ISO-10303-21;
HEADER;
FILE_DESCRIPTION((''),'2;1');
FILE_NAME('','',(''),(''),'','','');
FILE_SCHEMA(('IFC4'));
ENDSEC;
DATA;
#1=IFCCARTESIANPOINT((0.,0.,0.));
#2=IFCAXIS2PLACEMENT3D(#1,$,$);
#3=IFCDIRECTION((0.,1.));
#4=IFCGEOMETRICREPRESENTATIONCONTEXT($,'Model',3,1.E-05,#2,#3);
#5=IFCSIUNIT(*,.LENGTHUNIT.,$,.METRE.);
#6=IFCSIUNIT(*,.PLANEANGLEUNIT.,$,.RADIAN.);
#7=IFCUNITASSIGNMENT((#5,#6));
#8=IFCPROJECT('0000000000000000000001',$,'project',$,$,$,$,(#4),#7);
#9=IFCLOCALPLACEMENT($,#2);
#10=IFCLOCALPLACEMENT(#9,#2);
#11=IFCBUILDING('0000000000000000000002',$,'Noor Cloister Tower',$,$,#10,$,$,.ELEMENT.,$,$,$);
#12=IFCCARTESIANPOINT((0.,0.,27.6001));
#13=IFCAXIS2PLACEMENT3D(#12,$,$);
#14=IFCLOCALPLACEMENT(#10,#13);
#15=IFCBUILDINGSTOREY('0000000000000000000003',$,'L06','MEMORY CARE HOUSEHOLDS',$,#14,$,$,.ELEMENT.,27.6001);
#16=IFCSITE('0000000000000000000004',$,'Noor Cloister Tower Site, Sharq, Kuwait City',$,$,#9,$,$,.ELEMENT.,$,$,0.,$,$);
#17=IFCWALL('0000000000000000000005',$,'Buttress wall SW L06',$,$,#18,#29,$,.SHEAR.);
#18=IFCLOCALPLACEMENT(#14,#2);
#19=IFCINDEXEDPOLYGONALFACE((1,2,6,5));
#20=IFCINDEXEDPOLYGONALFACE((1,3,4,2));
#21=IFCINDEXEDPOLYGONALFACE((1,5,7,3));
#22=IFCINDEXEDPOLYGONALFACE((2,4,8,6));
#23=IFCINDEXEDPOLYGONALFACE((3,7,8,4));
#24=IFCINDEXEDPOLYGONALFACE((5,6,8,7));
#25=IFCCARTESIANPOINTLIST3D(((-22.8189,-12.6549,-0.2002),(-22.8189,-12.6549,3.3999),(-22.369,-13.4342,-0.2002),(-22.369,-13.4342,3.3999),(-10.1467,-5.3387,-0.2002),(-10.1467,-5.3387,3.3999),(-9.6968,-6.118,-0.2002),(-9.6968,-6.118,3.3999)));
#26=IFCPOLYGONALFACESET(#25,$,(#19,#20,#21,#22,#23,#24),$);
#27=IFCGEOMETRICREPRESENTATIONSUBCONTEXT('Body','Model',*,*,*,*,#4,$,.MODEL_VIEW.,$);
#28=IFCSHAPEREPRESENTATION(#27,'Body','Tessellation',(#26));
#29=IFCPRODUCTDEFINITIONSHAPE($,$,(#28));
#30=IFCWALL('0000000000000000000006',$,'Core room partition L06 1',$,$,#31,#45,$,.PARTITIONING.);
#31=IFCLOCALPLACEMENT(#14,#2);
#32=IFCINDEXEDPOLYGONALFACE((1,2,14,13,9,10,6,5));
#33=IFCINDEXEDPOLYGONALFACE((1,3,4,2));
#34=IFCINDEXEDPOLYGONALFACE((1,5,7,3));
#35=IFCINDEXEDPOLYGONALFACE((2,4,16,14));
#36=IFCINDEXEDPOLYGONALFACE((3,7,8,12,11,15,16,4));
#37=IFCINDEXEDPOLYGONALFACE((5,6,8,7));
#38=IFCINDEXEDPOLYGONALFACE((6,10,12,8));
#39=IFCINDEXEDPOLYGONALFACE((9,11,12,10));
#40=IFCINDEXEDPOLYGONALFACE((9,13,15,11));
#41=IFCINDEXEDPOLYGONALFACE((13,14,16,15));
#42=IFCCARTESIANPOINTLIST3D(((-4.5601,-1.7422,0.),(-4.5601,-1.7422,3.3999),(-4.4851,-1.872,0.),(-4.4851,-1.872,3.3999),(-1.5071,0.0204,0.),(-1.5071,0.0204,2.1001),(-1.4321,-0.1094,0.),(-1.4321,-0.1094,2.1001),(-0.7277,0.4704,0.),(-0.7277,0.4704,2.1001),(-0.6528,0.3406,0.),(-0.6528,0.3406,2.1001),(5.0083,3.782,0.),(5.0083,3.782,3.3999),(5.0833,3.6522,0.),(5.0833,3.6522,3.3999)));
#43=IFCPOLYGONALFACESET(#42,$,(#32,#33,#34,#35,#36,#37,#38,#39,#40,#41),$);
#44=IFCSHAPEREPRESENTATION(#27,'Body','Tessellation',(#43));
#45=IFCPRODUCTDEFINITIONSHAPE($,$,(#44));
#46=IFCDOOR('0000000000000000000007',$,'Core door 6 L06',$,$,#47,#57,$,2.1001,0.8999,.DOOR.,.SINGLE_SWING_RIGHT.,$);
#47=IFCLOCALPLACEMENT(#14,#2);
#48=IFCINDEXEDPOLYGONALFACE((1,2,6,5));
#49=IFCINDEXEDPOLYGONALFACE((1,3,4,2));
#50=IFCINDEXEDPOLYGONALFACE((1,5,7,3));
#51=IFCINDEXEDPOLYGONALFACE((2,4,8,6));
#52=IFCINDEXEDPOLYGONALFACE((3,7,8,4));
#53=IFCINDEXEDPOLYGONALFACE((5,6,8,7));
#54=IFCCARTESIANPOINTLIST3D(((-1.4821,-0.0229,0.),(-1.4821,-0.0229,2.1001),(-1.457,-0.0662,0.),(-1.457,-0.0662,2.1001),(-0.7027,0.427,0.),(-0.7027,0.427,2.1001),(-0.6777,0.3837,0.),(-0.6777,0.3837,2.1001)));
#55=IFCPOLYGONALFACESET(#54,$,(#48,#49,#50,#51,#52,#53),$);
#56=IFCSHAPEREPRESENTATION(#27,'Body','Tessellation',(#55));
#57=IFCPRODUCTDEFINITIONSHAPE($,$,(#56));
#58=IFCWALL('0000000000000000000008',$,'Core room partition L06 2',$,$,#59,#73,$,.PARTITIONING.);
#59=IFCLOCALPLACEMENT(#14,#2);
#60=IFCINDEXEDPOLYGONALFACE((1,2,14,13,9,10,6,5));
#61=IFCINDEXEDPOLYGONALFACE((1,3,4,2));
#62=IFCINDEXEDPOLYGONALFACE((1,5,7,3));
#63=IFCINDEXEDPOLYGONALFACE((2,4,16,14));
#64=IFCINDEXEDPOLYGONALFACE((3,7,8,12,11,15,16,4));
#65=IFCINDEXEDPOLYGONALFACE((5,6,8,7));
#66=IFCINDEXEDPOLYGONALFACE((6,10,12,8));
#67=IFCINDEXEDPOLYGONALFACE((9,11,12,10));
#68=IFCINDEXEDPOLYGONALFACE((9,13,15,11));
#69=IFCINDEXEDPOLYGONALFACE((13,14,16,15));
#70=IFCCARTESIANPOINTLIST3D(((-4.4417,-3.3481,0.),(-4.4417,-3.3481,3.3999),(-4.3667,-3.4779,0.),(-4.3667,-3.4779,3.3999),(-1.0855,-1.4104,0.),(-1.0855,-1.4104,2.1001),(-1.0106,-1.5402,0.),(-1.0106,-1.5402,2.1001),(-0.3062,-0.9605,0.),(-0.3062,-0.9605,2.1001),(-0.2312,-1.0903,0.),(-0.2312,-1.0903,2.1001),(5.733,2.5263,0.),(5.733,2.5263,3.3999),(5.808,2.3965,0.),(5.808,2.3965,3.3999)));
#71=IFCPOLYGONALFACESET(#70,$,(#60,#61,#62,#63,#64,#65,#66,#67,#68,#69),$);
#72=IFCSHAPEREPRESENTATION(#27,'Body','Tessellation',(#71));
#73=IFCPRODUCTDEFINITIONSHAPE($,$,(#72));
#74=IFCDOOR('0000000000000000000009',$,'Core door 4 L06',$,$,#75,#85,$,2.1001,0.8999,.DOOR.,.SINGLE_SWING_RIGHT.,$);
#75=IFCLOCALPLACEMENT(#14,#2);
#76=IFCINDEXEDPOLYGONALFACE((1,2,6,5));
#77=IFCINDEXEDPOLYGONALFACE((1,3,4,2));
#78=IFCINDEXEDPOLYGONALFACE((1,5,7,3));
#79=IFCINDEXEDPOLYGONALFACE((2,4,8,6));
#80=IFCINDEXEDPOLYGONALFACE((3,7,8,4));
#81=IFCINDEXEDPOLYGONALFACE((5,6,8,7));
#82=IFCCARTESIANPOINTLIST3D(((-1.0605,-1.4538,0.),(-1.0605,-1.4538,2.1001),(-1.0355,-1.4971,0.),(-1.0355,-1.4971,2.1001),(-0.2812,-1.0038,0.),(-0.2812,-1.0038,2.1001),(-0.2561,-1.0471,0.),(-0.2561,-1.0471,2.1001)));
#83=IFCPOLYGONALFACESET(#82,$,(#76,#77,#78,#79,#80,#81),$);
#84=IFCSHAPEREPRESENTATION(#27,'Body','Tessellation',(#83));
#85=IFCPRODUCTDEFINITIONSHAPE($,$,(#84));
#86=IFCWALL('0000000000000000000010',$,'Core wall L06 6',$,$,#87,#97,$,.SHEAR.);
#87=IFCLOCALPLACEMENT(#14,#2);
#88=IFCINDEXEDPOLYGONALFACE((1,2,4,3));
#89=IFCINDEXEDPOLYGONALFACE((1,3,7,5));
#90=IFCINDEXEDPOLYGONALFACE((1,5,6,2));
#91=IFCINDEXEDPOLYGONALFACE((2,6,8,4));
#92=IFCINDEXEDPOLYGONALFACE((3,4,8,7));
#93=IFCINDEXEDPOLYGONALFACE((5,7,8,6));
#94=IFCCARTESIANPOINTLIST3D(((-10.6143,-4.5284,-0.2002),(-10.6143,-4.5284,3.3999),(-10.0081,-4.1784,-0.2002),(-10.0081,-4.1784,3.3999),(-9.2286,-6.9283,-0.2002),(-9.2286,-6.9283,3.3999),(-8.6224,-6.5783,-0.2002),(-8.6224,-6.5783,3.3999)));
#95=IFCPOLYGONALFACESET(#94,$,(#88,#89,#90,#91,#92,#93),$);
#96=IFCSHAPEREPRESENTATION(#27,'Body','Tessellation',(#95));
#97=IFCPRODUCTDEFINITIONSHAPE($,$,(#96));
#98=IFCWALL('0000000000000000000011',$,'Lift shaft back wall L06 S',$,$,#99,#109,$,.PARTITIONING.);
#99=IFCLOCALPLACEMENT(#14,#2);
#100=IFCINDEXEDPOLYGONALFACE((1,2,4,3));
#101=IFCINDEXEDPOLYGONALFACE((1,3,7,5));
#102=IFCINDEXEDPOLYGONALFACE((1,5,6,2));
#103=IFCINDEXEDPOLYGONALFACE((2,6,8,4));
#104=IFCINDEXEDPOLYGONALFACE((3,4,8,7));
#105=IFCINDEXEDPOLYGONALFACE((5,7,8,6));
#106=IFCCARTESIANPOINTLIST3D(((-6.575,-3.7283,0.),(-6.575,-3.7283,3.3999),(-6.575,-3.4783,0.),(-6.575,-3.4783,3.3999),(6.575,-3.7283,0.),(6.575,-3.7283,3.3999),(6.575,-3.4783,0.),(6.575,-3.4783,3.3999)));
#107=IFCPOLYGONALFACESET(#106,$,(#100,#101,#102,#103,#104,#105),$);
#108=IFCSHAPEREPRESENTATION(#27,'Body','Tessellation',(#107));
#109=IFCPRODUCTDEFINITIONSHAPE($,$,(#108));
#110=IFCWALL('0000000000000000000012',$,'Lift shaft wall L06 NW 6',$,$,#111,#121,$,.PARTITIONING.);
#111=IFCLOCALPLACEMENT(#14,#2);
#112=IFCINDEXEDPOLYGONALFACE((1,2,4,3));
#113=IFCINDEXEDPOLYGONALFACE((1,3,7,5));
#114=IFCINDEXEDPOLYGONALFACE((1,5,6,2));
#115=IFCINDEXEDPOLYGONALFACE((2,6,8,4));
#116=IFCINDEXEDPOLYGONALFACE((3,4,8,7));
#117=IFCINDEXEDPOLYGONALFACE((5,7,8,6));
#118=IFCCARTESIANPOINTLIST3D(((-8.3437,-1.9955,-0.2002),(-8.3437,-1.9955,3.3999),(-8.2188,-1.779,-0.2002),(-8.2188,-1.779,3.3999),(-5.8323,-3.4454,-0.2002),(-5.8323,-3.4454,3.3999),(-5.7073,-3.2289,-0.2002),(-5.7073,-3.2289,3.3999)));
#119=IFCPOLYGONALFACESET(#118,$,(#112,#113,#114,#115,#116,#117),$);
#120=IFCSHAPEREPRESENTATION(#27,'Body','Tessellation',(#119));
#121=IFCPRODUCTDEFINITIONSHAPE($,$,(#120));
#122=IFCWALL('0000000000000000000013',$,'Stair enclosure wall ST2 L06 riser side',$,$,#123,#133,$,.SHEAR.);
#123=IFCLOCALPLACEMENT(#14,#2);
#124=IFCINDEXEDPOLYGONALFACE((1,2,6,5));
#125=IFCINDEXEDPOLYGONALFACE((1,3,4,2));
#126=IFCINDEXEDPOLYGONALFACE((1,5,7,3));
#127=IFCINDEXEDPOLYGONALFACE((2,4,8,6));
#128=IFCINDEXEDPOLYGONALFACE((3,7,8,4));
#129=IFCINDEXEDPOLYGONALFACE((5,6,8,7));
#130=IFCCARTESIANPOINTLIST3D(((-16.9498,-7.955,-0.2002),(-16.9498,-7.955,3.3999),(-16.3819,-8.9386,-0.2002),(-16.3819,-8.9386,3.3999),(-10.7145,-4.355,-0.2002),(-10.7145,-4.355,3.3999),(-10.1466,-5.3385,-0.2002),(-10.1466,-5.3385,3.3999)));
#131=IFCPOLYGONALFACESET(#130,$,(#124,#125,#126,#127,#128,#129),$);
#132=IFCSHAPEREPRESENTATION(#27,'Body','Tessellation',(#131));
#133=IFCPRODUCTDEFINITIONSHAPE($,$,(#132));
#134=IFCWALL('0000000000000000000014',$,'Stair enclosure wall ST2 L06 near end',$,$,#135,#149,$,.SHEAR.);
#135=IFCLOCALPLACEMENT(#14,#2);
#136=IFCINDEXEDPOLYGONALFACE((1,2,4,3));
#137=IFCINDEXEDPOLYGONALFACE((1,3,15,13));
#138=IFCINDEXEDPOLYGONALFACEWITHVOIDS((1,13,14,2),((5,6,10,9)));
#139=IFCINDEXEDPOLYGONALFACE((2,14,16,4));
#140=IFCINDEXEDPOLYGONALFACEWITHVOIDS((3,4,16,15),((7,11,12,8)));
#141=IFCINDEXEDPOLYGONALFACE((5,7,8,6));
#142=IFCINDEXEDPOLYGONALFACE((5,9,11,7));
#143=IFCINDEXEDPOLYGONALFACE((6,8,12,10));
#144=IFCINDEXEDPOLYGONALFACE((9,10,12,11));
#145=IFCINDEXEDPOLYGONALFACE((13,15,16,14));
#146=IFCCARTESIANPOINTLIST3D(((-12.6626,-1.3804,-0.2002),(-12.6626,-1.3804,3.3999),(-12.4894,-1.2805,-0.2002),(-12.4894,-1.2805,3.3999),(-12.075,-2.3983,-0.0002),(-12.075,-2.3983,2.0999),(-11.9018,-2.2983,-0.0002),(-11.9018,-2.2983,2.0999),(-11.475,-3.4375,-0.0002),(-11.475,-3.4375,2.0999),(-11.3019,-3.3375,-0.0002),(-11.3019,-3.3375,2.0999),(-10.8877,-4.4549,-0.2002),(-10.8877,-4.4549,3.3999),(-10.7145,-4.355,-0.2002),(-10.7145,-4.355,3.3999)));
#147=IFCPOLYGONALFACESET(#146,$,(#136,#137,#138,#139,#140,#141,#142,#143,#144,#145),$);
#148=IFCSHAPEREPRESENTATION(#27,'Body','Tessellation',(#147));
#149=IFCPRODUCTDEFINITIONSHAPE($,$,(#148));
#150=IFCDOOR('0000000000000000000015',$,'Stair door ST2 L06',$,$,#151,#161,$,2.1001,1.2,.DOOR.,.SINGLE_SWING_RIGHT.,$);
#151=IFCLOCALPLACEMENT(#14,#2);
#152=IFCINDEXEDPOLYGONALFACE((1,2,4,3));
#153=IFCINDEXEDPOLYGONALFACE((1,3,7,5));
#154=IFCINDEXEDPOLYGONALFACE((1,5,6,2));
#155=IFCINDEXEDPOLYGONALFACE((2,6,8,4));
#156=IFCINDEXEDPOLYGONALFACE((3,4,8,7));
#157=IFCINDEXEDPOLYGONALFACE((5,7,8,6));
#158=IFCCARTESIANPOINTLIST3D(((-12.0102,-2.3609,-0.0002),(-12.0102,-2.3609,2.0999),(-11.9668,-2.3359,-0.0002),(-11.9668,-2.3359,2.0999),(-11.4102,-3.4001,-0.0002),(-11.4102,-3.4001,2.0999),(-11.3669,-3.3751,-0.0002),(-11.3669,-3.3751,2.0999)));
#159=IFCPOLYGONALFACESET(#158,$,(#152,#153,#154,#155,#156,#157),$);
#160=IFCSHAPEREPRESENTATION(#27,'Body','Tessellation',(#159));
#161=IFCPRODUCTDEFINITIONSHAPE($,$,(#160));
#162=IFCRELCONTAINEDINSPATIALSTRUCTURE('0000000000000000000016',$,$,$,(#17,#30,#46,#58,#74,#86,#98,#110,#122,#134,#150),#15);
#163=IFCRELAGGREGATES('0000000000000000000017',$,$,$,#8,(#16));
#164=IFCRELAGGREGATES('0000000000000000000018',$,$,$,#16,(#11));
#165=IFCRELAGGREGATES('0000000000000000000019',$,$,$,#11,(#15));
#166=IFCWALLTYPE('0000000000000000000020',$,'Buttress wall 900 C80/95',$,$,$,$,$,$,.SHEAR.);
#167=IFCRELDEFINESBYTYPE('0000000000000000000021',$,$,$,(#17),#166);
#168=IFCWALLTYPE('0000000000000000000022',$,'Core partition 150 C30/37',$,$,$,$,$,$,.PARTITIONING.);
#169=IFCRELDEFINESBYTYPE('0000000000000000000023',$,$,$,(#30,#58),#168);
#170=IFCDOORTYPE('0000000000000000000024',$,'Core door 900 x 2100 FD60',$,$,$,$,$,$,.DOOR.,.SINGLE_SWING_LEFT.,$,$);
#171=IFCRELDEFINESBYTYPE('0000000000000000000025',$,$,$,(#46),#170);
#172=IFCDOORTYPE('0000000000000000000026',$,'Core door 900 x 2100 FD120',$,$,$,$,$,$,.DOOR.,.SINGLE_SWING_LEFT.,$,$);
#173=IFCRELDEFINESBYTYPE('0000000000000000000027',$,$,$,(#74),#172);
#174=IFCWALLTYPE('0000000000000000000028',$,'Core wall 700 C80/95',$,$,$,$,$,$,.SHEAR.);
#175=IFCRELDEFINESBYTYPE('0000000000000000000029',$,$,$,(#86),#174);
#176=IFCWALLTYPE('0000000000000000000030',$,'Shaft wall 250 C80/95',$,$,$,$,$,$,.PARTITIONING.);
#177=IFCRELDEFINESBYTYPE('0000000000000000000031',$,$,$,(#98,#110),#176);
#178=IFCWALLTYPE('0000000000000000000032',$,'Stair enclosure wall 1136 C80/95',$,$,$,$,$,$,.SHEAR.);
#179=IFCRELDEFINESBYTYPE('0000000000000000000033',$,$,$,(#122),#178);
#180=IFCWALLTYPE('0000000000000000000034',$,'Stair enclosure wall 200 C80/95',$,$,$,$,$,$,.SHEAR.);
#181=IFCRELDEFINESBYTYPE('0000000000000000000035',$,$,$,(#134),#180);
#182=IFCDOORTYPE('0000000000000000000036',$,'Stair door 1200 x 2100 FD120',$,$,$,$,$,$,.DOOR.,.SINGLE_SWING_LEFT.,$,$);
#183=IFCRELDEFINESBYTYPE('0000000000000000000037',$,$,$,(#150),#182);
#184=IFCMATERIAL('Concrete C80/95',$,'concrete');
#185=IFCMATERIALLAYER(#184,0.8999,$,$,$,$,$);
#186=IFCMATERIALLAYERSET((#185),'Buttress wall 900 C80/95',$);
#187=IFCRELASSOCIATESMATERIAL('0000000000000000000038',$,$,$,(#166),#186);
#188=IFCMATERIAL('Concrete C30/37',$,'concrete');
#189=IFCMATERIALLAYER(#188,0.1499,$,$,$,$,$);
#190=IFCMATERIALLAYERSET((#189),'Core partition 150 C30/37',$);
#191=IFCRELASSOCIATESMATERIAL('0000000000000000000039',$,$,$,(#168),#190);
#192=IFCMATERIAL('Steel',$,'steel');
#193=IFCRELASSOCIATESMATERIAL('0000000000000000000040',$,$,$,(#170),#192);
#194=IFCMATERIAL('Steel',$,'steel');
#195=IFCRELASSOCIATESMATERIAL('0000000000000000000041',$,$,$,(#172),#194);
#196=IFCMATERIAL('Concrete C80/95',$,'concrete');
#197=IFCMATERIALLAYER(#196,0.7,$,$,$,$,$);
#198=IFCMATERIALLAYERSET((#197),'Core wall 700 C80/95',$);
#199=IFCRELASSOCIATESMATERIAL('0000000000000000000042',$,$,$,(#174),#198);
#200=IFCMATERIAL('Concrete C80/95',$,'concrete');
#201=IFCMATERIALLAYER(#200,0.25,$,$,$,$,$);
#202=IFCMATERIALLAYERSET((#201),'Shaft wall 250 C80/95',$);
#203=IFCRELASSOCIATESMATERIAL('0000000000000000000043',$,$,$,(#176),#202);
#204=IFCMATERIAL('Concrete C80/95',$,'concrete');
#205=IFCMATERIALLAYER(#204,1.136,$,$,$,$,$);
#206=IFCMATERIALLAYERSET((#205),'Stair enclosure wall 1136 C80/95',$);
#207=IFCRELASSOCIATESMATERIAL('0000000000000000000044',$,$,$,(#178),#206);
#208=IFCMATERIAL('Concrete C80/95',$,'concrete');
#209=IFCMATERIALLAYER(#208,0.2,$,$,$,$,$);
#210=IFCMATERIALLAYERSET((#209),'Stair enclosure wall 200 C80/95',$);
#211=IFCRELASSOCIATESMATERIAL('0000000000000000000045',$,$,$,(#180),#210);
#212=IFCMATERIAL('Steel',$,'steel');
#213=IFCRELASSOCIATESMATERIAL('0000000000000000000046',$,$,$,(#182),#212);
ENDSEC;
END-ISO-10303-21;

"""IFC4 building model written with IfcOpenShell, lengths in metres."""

from ifc_helpers import new_model, si_unit, direction, frame, frame_2d, origin, place, context, subcontext, project, spatial, rectangle, extrude, material, layer, layer_set, type_object, element, fill, save


model = new_model("IFC4")

# Units and contexts
model_context = context("Model", 3, precision=1e-05, world=origin(), true_north=direction((0.0, 1.0)))
body_context = subcontext(model_context, "Body", "Model", "MODEL_VIEW")
ifc_project = project(units=[si_unit("LENGTHUNIT", "METRE"), si_unit("PLANEANGLEUNIT", "RADIAN")], contexts=[model_context])

# Site, building, storey
site_placement = place(None, origin())
site = spatial("IfcSite", under=ifc_project, at=site_placement, Name="Noor Cloister Tower Site, Sharq, Kuwait City", CompositionType="ELEMENT", RefElevation=0.0)
building_placement = place(site_placement, origin())
building = spatial("IfcBuilding", under=site, at=building_placement, Name="Noor Cloister Tower", CompositionType="ELEMENT")
storey_placement = place(building_placement, frame((0.0, 0.0, 27.6001)))
storey = spatial("IfcBuildingStorey", under=building, at=storey_placement, Name="L06", Description="MEMORY CARE HOUSEHOLDS", CompositionType="ELEMENT", Elevation=27.6001)

# Wall
ifc_material_1 = material(Name="Concrete C80/95", Category="concrete")
ifc_layer_1 = layer(ifc_material_1, 0.8999)
ifc_layer_set_1 = layer_set([ifc_layer_1], Name="Buttress wall 900 C80/95")
wall_type_1 = type_object("IfcWallType", Name="Buttress wall 900 C80/95", PredefinedType="SHEAR", material=ifc_layer_set_1)
wall_1_placement = place(storey_placement, frame((-9.9216, -5.7283, -0.2002), z_axis=(0.0, 0.0, 1.0), x_axis=(-0.866028, -0.499995, 0.0)))
element("IfcWall", 1, at=wall_1_placement, inside=storey, type_object=wall_type_1, Name="Buttress wall SW L06", PredefinedType="SHEAR", context=body_context, shape_type="SweptSolid", body=[
    extrude(rectangle(XDim=14.6326, YDim=0.8999, at=frame_2d((7.3164, 0.0))), origin(), (0.0, 0.0, 1.0), 3.6001),
])

# Walls, openings, doors
ifc_material_2 = material(Name="Concrete C30/37", Category="concrete")
ifc_layer_2 = layer(ifc_material_2, 0.1499)
ifc_layer_set_2 = layer_set([ifc_layer_2], Name="Core partition 150 C30/37")
wall_type_2 = type_object("IfcWallType", Name="Core partition 150 C30/37", PredefinedType="PARTITIONING", material=ifc_layer_set_2)
wall_2_placement = place(storey_placement, frame((-4.5227, -1.8071, 0.0), z_axis=(0.0, 0.0, 1.0), x_axis=(0.86603, 0.499992, 0.0)))
wall_2 = element("IfcWall", 2, at=wall_2_placement, inside=storey, type_object=wall_type_2, Name="Core room partition L06 1", PredefinedType="PARTITIONING", context=body_context, shape_type="SweptSolid", body=[
    extrude(rectangle(XDim=11.0486, YDim=0.1499, at=frame_2d((5.5244, 0.0))), origin(), (0.0, 0.0, 1.0), 3.3999),
])
opening_1_placement = place(wall_2_placement, frame((3.5254, 0.0, 0.0)))
opening_1 = element("IfcOpeningElement", 3, at=opening_1_placement, cuts=wall_2, PredefinedType="OPENING", context=body_context, shape_type="SweptSolid", body=[
    extrude(rectangle(XDim=0.8999, YDim=2.1001, at=frame_2d((0.45, 1.05))), frame((0.0, 0.085, 0.0), z_axis=(0.0, -1.0, 0.0), x_axis=(1.0, 0.0, 0.0)), (0.0, 0.0, 1.0), 0.1699),
])
ifc_material_3 = material(Name="Steel", Category="steel")
door_type_1 = type_object("IfcDoorType", Name="Core door 900 x 2100 FD60", OperationType="SINGLE_SWING_LEFT", PredefinedType="DOOR", material=ifc_material_3)
door_1_placement = place(opening_1_placement, origin())
door_1 = element("IfcDoor", 4, at=door_1_placement, inside=storey, type_object=door_type_1, Name="Core door 6 L06", OperationType="SINGLE_SWING_RIGHT", OverallHeight=2.1001, OverallWidth=0.8999, PredefinedType="DOOR", context=body_context, shape_type="SweptSolid", body=[
    extrude(rectangle(XDim=0.8999, YDim=2.1001, at=frame_2d((0.45, 1.05))), frame((0.0, 0.0249, 0.0), z_axis=(0.0, -1.0, 0.0), x_axis=(1.0, 0.0, 0.0)), (0.0, 0.0, 1.0), 0.05),
])
fill(opening_1, door_1)
wall_3_placement = place(storey_placement, frame((-4.4043, -3.4131, 0.0), z_axis=(0.0, 0.0, 1.0), x_axis=(0.866022, 0.500005, 0.0)))
wall_3 = element("IfcWall", 5, at=wall_3_placement, inside=storey, type_object=wall_type_2, Name="Core room partition L06 2", PredefinedType="PARTITIONING", context=body_context, shape_type="SweptSolid", body=[
    extrude(rectangle(XDim=11.7488, YDim=0.1499, at=frame_2d((5.8745, 0.0))), origin(), (0.0, 0.0, 1.0), 3.3999),
])
opening_2_placement = place(wall_3_placement, frame((3.8755, 0.0, 0.0)))
opening_2 = element("IfcOpeningElement", 6, at=opening_2_placement, cuts=wall_3, PredefinedType="OPENING", context=body_context, shape_type="SweptSolid", body=[
    extrude(rectangle(XDim=0.8999, YDim=2.1001, at=frame_2d((0.45, 1.05))), frame((0.0, 0.085, 0.0), z_axis=(0.0, -1.0, 0.0), x_axis=(1.0, 0.0, 0.0)), (0.0, 0.0, 1.0), 0.1699),
])
ifc_material_4 = material(Name="Steel", Category="steel")
door_type_2 = type_object("IfcDoorType", Name="Core door 900 x 2100 FD120", OperationType="SINGLE_SWING_LEFT", PredefinedType="DOOR", material=ifc_material_4)
door_2_placement = place(opening_2_placement, origin())
door_2 = element("IfcDoor", 7, at=door_2_placement, inside=storey, type_object=door_type_2, Name="Core door 4 L06", OperationType="SINGLE_SWING_RIGHT", OverallHeight=2.1001, OverallWidth=0.8999, PredefinedType="DOOR", context=body_context, shape_type="SweptSolid", body=[
    extrude(rectangle(XDim=0.8999, YDim=2.1001, at=frame_2d((0.45, 1.05))), frame((0.0, 0.0249, 0.0), z_axis=(0.0, -1.0, 0.0), x_axis=(1.0, 0.0, 0.0)), (0.0, 0.0, 1.0), 0.05),
])
fill(opening_2, door_2)

# Walls
ifc_material_5 = material(Name="Concrete C80/95", Category="concrete")
ifc_layer_3 = layer(ifc_material_5, 0.7)
ifc_layer_set_3 = layer_set([ifc_layer_3], Name="Core wall 700 C80/95")
wall_type_3 = type_object("IfcWallType", Name="Core wall 700 C80/95", PredefinedType="SHEAR", material=ifc_layer_set_3)
wall_4_placement = place(storey_placement, frame((-10.3113, -4.3533, -0.2002), z_axis=(0.0, 0.0, 1.0), x_axis=(0.500043, -0.866001, 0.0)))
element("IfcWall", 8, at=wall_4_placement, inside=storey, type_object=wall_type_3, Name="Core wall L06 6", PredefinedType="SHEAR", context=body_context, shape_type="SweptSolid", body=[
    extrude(rectangle(XDim=2.7712, YDim=0.7, at=frame_2d((1.3857, 0.0))), origin(), (0.0, 0.0, 1.0), 3.6001),
])
ifc_material_6 = material(Name="Concrete C80/95", Category="concrete")
ifc_layer_4 = layer(ifc_material_6, 0.25)
ifc_layer_set_4 = layer_set([ifc_layer_4], Name="Shaft wall 250 C80/95")
wall_type_4 = type_object("IfcWallType", Name="Shaft wall 250 C80/95", PredefinedType="PARTITIONING", material=ifc_layer_set_4)
wall_5_placement = place(storey_placement, frame((-6.575, -3.6033, 0.0), z_axis=(0.0, 0.0, 1.0), x_axis=(1.0, 0.0, 0.0)))
element("IfcWall", 9, at=wall_5_placement, inside=storey, type_object=wall_type_4, Name="Lift shaft back wall L06 S", PredefinedType="PARTITIONING", context=body_context, shape_type="SweptSolid", body=[
    extrude(rectangle(XDim=13.1499, YDim=0.25, at=frame_2d((6.575, 0.0))), origin(), (0.0, 0.0, 1.0), 3.3999),
])
wall_6_placement = place(storey_placement, frame((-8.2812, -1.8872, -0.2002), z_axis=(0.0, 0.0, 1.0), x_axis=(0.866033, -0.499987, 0.0)))
element("IfcWall", 10, at=wall_6_placement, inside=storey, type_object=wall_type_4, Name="Lift shaft wall L06 NW 6", PredefinedType="PARTITIONING", context=body_context, shape_type="SweptSolid", body=[
    extrude(rectangle(XDim=2.8999, YDim=0.25, at=frame_2d((1.45, 0.0))), origin(), (0.0, 0.0, 1.0), 3.6001),
])
ifc_material_7 = material(Name="Concrete C80/95", Category="concrete")
ifc_layer_5 = layer(ifc_material_7, 1.136)
ifc_layer_set_5 = layer_set([ifc_layer_5], Name="Stair enclosure wall 1136 C80/95")
wall_type_5 = type_object("IfcWallType", Name="Stair enclosure wall 1136 C80/95", PredefinedType="SHEAR", material=ifc_layer_set_5)
wall_7_placement = place(storey_placement, frame((-10.4304, -4.8467, -0.2002), z_axis=(0.0, 0.0, 1.0), x_axis=(-0.866018, -0.500012, 0.0)))
element("IfcWall", 11, at=wall_7_placement, inside=storey, type_object=wall_type_5, Name="Stair enclosure wall ST2 L06 riser side", PredefinedType="SHEAR", context=body_context, shape_type="SweptSolid", body=[
    extrude(rectangle(XDim=7.2, YDim=1.1357, at=frame_2d((3.6001, 0.0))), origin(), (0.0, 0.0, 1.0), 3.6001),
])

# Wall, opening, door
ifc_material_8 = material(Name="Concrete C80/95", Category="concrete")
ifc_layer_6 = layer(ifc_material_8, 0.2)
ifc_layer_set_6 = layer_set([ifc_layer_6], Name="Stair enclosure wall 200 C80/95")
wall_type_6 = type_object("IfcWallType", Name="Stair enclosure wall 200 C80/95", PredefinedType="SHEAR", material=ifc_layer_set_6)
wall_8_placement = place(storey_placement, frame((-12.5759, -1.3306, -0.2002), z_axis=(0.0, 0.0, 1.0), x_axis=(0.49997, -0.866042, 0.0)))
wall_8 = element("IfcWall", 12, at=wall_8_placement, inside=storey, type_object=wall_type_6, Name="Stair enclosure wall ST2 L06 near end", PredefinedType="SHEAR", context=body_context, shape_type="SweptSolid", body=[
    extrude(rectangle(XDim=3.55, YDim=0.2, at=frame_2d((1.7749, 0.0))), origin(), (0.0, 0.0, 1.0), 3.6001),
])
opening_3_placement = place(wall_8_placement, frame((1.175, 0.0, 0.2)))
opening_3 = element("IfcOpeningElement", 13, at=opening_3_placement, cuts=wall_8, PredefinedType="OPENING", context=body_context, shape_type="SweptSolid", body=[
    extrude(rectangle(XDim=1.2, YDim=2.1001, at=frame_2d((0.6001, 1.05))), frame((0.0, 0.1099, 0.0), z_axis=(0.0, -1.0, 0.0), x_axis=(1.0, 0.0, 0.0)), (0.0, 0.0, 1.0), 0.22),
])
ifc_material_9 = material(Name="Steel", Category="steel")
door_type_3 = type_object("IfcDoorType", Name="Stair door 1200 x 2100 FD120", OperationType="SINGLE_SWING_LEFT", PredefinedType="DOOR", material=ifc_material_9)
door_3_placement = place(opening_3_placement, origin())
door_3 = element("IfcDoor", 14, at=door_3_placement, inside=storey, type_object=door_type_3, Name="Stair door ST2 L06", OperationType="SINGLE_SWING_RIGHT", OverallHeight=2.1001, OverallWidth=1.2, PredefinedType="DOOR", context=body_context, shape_type="SweptSolid", body=[
    extrude(rectangle(XDim=1.2, YDim=2.1001, at=frame_2d((0.6001, 1.05))), frame((0.0, 0.0249, 0.0), z_axis=(0.0, -1.0, 0.0), x_axis=(1.0, 0.0, 0.0)), (0.0, 0.0, 1.0), 0.05),
])
fill(opening_3, door_3)

save(model, "model.ifc")
